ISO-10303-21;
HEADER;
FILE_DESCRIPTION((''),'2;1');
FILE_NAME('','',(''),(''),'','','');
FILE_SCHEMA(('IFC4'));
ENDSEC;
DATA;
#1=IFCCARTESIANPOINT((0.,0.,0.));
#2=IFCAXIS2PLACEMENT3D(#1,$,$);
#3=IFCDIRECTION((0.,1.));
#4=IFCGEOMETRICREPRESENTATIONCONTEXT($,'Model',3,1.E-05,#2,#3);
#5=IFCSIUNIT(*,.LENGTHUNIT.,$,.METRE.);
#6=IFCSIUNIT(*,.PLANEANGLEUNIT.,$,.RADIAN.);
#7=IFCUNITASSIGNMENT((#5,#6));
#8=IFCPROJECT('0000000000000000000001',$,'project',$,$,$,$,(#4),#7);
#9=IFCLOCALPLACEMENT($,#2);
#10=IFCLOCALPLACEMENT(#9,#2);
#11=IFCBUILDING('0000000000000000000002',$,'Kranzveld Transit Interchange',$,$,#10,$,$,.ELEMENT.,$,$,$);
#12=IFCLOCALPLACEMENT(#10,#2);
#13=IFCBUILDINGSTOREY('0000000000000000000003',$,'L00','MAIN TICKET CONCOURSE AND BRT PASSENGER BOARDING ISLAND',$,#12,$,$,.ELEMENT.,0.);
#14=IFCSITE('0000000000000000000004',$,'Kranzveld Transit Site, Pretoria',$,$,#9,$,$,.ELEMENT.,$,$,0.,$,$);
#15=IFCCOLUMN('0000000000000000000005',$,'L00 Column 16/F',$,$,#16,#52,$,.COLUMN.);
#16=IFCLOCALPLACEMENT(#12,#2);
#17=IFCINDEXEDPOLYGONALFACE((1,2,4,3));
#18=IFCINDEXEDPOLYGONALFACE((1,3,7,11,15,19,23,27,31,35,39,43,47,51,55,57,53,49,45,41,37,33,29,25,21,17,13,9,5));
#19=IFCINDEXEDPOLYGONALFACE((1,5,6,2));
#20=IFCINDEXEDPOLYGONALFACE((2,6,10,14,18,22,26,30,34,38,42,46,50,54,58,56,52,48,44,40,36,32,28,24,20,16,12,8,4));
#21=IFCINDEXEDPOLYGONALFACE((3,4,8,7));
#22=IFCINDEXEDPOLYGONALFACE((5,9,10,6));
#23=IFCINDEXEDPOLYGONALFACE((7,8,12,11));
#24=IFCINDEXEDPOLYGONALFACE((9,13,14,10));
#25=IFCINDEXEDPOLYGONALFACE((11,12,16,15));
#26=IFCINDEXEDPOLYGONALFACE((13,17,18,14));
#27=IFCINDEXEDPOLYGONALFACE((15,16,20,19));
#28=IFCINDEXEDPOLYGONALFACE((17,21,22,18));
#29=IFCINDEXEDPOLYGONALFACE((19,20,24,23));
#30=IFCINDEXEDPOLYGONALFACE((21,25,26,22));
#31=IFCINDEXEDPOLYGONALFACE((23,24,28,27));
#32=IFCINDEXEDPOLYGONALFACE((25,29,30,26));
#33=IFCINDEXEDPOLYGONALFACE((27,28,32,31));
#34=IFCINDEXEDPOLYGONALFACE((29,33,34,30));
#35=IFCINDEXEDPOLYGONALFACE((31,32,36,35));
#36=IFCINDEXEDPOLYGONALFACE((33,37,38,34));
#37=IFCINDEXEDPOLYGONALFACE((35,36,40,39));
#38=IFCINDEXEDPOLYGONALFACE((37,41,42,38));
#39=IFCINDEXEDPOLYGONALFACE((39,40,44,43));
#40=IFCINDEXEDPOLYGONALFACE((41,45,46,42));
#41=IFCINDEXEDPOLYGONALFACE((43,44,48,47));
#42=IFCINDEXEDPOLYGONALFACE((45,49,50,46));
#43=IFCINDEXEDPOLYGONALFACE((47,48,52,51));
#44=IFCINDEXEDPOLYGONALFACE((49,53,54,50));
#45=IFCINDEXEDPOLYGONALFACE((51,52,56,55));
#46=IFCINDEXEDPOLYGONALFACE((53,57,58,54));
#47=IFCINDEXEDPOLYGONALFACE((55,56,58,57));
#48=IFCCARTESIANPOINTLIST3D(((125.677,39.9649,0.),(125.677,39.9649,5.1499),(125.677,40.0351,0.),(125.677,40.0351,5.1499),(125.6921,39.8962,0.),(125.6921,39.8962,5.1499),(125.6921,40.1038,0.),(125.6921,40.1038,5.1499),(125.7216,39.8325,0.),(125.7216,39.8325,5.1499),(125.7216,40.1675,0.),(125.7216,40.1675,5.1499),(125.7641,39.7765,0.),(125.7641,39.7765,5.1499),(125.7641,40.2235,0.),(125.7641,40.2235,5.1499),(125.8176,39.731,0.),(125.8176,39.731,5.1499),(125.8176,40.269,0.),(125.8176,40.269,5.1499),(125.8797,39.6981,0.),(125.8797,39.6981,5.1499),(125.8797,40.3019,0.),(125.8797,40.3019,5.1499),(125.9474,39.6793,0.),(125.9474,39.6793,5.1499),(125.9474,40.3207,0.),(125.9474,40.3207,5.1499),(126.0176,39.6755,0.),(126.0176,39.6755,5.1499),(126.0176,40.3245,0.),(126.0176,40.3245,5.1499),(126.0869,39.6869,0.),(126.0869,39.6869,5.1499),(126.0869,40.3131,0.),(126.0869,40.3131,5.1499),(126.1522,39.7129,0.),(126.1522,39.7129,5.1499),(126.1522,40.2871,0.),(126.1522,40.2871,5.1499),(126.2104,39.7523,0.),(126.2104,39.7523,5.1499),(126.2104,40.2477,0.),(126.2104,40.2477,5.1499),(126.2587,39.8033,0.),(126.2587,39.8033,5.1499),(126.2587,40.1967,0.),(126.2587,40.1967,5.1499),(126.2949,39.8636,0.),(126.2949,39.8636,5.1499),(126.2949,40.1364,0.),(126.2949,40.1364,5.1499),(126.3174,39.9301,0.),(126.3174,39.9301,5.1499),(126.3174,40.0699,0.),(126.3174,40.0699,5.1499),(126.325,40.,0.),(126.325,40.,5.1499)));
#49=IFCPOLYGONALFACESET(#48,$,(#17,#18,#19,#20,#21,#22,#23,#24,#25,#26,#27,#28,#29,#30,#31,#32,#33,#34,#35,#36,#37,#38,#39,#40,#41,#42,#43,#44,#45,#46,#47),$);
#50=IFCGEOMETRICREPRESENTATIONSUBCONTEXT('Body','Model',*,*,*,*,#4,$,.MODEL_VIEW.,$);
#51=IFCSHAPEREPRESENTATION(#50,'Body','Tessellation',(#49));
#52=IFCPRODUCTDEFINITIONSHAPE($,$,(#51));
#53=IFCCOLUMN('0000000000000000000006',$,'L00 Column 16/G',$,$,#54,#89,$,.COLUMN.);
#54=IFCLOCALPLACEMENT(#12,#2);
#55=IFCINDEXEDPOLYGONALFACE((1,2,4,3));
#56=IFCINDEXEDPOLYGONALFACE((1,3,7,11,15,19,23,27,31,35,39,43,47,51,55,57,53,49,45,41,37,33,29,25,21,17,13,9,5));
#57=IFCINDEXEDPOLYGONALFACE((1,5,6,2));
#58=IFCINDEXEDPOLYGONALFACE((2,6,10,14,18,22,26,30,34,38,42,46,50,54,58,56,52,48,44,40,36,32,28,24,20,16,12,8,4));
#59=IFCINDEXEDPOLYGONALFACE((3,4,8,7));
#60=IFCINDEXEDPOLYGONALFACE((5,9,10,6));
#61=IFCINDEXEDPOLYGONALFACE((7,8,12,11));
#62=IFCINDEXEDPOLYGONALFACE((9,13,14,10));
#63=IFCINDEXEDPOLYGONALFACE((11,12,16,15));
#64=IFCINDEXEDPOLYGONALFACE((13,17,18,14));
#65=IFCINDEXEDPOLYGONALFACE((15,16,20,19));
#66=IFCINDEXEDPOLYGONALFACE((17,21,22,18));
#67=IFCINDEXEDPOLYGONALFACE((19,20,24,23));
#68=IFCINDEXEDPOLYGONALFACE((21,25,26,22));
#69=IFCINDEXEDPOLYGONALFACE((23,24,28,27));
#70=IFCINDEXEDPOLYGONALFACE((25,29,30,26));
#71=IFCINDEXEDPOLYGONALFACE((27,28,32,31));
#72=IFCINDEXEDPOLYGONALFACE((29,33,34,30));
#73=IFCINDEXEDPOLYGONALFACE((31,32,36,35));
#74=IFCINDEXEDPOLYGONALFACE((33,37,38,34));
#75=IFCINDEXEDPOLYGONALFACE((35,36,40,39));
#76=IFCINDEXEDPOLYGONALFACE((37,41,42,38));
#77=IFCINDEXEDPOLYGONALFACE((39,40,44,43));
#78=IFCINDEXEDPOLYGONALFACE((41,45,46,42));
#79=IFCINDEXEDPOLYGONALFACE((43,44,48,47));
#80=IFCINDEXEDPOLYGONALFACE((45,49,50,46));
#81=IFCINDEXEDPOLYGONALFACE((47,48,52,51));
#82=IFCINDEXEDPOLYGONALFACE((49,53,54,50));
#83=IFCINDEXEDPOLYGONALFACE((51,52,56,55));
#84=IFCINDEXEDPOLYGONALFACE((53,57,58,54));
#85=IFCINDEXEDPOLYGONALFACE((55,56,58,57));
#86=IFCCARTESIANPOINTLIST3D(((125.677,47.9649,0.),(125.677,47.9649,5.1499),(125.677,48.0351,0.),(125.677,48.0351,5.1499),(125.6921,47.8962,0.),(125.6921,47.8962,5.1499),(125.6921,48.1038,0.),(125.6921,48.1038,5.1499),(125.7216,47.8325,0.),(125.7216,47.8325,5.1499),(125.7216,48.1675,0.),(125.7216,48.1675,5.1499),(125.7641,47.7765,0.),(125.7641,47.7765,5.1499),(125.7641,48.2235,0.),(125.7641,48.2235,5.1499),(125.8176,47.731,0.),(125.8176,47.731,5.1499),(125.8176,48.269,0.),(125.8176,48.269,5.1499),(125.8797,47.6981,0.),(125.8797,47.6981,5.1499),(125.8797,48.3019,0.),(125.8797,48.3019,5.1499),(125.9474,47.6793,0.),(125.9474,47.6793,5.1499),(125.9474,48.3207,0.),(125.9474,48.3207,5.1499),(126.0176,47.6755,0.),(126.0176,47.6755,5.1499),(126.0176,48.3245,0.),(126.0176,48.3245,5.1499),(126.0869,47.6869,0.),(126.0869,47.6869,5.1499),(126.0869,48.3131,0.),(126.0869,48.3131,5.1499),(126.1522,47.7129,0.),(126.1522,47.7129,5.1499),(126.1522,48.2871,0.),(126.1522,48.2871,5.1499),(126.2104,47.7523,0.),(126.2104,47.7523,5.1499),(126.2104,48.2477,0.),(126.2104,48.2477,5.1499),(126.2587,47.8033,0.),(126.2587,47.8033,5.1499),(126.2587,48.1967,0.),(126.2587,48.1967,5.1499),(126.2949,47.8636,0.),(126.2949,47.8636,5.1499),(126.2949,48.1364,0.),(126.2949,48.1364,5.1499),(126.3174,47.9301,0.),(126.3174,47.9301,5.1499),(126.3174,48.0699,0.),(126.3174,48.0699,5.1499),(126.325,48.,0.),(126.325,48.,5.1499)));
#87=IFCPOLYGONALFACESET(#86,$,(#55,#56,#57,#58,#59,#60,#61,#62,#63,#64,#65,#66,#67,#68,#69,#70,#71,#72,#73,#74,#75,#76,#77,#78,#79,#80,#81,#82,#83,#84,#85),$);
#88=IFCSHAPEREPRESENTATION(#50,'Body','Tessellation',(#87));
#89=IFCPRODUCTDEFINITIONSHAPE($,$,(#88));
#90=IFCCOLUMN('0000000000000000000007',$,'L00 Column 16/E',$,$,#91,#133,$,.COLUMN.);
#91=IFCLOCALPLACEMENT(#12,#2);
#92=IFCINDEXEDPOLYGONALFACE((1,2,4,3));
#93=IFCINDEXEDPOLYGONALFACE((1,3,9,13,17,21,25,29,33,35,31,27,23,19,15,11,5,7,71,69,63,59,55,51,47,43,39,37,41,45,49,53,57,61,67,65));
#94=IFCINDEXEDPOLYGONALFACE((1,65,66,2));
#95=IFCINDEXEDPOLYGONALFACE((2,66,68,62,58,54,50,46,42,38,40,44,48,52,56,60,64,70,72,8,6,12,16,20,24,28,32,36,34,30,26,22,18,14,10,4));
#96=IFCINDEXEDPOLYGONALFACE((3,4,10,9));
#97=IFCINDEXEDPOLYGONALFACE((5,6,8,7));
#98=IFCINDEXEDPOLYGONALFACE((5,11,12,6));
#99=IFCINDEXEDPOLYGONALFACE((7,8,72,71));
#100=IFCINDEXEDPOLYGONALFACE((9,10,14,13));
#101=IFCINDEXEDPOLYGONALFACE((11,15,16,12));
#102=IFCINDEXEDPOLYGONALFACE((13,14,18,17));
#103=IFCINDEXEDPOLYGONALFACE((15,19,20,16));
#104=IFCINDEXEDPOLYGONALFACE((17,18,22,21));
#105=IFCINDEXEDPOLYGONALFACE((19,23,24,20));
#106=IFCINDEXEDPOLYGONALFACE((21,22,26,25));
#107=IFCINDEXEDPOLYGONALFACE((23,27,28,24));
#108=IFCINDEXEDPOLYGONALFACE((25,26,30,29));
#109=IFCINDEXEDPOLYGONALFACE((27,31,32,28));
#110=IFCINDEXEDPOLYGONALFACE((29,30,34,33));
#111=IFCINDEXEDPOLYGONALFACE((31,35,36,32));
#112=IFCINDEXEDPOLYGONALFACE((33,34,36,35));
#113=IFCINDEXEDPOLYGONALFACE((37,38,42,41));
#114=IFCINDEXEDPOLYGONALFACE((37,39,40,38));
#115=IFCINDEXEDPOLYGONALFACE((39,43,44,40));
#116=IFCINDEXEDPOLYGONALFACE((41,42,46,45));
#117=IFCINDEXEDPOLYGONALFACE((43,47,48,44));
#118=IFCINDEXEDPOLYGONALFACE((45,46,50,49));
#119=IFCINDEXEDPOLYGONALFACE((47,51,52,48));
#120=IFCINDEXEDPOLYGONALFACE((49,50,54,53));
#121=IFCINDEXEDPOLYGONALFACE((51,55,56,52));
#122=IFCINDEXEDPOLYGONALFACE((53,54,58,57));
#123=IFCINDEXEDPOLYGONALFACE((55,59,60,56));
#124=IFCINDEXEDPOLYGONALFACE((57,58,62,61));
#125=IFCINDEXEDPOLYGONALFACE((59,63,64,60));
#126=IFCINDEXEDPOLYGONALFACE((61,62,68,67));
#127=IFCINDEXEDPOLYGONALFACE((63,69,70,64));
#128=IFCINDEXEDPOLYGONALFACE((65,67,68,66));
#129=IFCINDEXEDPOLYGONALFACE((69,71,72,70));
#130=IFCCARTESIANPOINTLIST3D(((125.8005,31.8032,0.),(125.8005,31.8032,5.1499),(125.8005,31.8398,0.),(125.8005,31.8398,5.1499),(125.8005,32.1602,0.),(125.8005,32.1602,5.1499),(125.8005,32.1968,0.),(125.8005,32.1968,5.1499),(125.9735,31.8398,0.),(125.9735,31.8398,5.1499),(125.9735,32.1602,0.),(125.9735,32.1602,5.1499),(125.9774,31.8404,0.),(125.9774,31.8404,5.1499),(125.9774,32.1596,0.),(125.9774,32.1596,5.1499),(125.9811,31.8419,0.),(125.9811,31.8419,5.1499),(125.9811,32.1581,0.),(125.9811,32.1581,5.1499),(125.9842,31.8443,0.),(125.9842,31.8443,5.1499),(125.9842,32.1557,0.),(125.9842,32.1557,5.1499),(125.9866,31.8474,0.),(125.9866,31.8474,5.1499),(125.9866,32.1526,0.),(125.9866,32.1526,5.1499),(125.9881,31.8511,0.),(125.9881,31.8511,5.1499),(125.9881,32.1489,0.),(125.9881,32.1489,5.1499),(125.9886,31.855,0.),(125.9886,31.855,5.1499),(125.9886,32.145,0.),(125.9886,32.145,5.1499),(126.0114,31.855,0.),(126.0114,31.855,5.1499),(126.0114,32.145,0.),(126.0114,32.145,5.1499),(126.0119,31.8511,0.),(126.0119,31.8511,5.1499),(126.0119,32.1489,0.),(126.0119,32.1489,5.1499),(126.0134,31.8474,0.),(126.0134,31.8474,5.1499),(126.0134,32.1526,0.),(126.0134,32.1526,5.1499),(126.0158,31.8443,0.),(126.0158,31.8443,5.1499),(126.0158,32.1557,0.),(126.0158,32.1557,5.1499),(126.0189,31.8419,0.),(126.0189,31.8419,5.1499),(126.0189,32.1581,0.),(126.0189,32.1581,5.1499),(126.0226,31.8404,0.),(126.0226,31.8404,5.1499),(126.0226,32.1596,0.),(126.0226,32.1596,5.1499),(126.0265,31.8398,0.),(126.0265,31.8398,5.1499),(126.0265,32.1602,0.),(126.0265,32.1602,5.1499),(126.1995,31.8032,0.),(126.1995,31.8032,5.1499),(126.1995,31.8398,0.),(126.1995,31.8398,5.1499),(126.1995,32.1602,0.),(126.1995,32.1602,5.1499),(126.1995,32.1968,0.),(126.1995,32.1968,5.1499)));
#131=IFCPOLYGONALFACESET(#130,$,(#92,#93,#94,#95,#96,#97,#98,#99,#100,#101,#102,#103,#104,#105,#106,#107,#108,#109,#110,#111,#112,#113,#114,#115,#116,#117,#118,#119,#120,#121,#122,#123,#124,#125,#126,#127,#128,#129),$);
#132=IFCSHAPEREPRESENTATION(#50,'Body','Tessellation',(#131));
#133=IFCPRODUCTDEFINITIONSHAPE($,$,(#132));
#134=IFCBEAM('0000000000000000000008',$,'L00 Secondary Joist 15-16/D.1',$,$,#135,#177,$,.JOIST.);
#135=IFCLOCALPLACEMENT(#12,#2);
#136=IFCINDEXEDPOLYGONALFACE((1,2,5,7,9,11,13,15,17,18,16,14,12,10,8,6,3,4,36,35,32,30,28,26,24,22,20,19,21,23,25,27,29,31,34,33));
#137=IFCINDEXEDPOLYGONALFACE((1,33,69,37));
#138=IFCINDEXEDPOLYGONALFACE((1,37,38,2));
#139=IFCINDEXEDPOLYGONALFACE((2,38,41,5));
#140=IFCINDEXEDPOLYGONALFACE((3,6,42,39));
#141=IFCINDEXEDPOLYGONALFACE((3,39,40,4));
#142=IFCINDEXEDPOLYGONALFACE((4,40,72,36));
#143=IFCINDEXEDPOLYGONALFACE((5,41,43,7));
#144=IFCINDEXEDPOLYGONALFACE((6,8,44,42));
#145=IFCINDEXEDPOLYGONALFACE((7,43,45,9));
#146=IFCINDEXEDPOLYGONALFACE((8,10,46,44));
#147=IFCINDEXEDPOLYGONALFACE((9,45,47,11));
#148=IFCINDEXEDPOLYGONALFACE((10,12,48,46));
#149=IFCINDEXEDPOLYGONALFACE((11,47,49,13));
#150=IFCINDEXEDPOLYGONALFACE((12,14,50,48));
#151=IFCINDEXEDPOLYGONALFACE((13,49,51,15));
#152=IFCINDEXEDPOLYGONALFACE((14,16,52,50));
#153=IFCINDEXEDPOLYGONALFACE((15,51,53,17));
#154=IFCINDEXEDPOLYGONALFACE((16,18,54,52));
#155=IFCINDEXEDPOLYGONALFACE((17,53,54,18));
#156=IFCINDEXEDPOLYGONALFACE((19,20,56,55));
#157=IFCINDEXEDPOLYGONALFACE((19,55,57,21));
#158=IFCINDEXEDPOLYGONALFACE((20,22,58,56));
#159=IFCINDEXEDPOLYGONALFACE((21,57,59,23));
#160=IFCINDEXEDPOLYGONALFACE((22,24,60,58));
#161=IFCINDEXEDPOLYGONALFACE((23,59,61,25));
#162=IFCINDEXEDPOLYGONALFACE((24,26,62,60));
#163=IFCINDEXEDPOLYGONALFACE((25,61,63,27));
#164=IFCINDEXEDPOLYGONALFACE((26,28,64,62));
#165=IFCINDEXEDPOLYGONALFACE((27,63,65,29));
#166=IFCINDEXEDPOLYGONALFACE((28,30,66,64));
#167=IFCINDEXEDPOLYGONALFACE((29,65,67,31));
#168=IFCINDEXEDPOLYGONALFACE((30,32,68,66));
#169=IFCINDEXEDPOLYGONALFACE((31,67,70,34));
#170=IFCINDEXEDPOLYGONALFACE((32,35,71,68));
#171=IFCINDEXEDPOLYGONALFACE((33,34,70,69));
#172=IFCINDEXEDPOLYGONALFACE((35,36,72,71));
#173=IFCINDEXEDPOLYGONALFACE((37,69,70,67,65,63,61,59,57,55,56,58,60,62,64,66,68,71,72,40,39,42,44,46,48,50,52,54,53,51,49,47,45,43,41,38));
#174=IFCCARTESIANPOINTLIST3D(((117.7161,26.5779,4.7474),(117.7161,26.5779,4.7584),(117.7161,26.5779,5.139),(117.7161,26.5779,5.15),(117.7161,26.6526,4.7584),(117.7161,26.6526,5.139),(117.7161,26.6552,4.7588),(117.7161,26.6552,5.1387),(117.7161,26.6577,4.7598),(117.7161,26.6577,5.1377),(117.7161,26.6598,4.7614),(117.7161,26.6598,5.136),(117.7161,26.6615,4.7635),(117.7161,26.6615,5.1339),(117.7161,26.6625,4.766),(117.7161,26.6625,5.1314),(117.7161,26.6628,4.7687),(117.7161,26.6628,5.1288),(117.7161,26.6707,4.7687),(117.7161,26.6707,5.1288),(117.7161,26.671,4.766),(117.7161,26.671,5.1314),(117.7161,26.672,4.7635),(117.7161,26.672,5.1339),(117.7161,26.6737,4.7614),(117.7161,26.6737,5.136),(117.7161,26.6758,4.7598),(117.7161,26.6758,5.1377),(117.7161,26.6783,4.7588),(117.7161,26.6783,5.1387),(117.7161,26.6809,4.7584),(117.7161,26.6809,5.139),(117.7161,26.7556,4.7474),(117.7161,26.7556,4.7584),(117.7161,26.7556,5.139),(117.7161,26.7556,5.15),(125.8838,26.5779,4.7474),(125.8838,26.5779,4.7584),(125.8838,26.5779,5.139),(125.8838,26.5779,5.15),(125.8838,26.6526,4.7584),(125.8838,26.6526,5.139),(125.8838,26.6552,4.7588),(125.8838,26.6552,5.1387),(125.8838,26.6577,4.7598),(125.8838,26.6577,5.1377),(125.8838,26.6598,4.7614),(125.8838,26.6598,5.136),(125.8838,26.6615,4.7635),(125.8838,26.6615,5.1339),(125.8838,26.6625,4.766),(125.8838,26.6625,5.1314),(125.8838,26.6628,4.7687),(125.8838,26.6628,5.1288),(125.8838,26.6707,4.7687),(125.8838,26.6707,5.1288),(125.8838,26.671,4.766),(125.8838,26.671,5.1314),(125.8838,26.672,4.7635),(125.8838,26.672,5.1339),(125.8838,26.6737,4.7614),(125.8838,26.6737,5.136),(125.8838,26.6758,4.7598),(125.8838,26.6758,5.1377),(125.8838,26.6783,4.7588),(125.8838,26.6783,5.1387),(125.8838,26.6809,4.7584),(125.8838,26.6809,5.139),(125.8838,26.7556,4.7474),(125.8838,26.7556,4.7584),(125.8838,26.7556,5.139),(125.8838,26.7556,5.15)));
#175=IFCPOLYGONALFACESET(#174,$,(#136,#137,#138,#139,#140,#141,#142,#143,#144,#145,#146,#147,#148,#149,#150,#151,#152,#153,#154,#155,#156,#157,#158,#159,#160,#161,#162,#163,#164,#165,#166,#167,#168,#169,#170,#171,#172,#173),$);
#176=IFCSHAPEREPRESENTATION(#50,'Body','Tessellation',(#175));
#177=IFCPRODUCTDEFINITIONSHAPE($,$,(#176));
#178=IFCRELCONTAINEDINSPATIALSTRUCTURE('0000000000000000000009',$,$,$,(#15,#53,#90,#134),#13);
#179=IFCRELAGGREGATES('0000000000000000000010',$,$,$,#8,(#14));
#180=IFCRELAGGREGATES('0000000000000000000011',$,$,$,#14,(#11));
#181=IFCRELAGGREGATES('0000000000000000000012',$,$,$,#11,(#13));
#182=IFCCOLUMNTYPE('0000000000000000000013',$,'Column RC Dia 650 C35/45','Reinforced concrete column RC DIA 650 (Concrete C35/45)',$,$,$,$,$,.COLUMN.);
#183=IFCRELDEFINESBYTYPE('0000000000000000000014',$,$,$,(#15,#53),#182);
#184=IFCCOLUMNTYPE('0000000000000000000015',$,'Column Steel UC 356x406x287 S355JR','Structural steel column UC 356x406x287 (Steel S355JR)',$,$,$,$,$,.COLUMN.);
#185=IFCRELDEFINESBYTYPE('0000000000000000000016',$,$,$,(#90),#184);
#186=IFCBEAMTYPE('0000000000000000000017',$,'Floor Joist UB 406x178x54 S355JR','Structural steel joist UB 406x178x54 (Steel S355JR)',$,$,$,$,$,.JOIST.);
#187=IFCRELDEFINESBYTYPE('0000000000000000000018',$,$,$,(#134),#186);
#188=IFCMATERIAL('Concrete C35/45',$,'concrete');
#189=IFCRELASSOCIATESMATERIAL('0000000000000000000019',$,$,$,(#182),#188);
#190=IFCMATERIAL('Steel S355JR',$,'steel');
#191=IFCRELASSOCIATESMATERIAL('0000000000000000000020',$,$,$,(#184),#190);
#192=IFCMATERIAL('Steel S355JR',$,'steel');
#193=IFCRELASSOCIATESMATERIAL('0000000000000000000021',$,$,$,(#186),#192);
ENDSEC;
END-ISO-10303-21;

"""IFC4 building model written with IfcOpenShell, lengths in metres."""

from ifc_helpers import new_model, si_unit, direction, frame, origin, origin_2d, place, context, subcontext, project, spatial, circle, i_section, extrude, material, material_profile, profile_set, type_object, element, save


model = new_model("IFC4")

# Units and contexts
model_context = context("Model", 3, precision=1e-05, world=origin(), true_north=direction((0.0, 1.0)))
body_context = subcontext(model_context, "Body", "Model", "MODEL_VIEW")
ifc_project = project(units=[si_unit("LENGTHUNIT", "METRE"), si_unit("PLANEANGLEUNIT", "RADIAN")], contexts=[model_context])

# Site, building, storey
site_placement = place(None, origin())
site = spatial("IfcSite", under=ifc_project, at=site_placement, Name="Kranzveld Transit Site, Pretoria", CompositionType="ELEMENT", RefElevation=0.0)
building_placement = place(site_placement, origin())
building = spatial("IfcBuilding", under=site, at=building_placement, Name="Kranzveld Transit Interchange", CompositionType="ELEMENT")
storey_placement = place(building_placement, origin())
storey = spatial("IfcBuildingStorey", under=building, at=storey_placement, Name="L00", Description="MAIN TICKET CONCOURSE AND BRT PASSENGER BOARDING ISLAND", CompositionType="ELEMENT", Elevation=0.0)

# Columns
ifc_material_1 = material(Name="Concrete C35/45", Category="concrete")
ifc_material_profile_1 = material_profile(ifc_material_1, circle(Radius=0.325, at=origin_2d()), Name="RC DIA 650")
ifc_profile_set_1 = profile_set([ifc_material_profile_1], Name="Concrete C35/45")
column_type_1 = type_object("IfcColumnType", Name="Column RC Dia 650 C35/45", Description="Reinforced concrete column RC DIA 650 (Concrete C35/45)", PredefinedType="COLUMN", material=ifc_profile_set_1)
for number, where, z_axis, x_axis, name in (
    (1, (126.0, 40.0, 0.0), (0.0, 0.0, 1.0), (1.0, 0.0, 0.0), "L00 Column 16/F"),
    (2, (126.0, 48.0, 0.0), (0.0, 0.0, 1.0), (1.0, 0.0, 0.0), "L00 Column 16/G"),
):
    element("IfcColumn", number, at=place(storey_placement, frame(where, z_axis=z_axis, x_axis=x_axis)), inside=storey, type_object=column_type_1, Name=name, PredefinedType="COLUMN", context=body_context, shape_type="SweptSolid", body=[
        extrude(circle(Radius=0.325, at=origin_2d()), origin(), (0.0, 0.0, 1.0), 5.1499),
    ])
ifc_material_2 = material(Name="Steel S355JR", Category="steel")
ifc_material_profile_2 = material_profile(ifc_material_2, i_section(OverallWidth=0.3989, OverallDepth=0.3936, WebThickness=0.0227, FlangeThickness=0.0366, FilletRadius=0.0151, at=origin_2d()), Name="UC 356x406x287")
ifc_profile_set_2 = profile_set([ifc_material_profile_2], Name="Steel S355JR")
column_type_2 = type_object("IfcColumnType", Name="Column Steel UC 356x406x287 S355JR", Description="Structural steel column UC 356x406x287 (Steel S355JR)", PredefinedType="COLUMN", material=ifc_profile_set_2)
column_placement = place(storey_placement, frame((126.0, 32.0, 0.0), z_axis=(0.0, 0.0, 1.0), x_axis=(1.0, 0.0, 0.0)))
element("IfcColumn", 3, at=column_placement, inside=storey, type_object=column_type_2, Name="L00 Column 16/E", PredefinedType="COLUMN", context=body_context, shape_type="SweptSolid", body=[
    extrude(i_section(OverallWidth=0.3989, OverallDepth=0.3936, WebThickness=0.0227, FlangeThickness=0.0366, FilletRadius=0.0151, at=origin_2d()), origin(), (0.0, 0.0, 1.0), 5.1499),
])

# Beam
ifc_material_3 = material(Name="Steel S355JR", Category="steel")
ifc_material_profile_3 = material_profile(ifc_material_3, i_section(OverallWidth=0.1777, OverallDepth=0.4026, WebThickness=0.0078, FlangeThickness=0.011, FilletRadius=0.0103, at=origin_2d()), Name="UB 406x178x54")
ifc_profile_set_3 = profile_set([ifc_material_profile_3], Name="Steel S355JR")
beam_type_1 = type_object("IfcBeamType", Name="Floor Joist UB 406x178x54 S355JR", Description="Structural steel joist UB 406x178x54 (Steel S355JR)", PredefinedType="JOIST", material=ifc_profile_set_3)
for number, where, z_axis, x_axis, name in (
    (4, (117.7161, 26.6667, 4.9487), (1.0, 0.0, 0.0), (0.0, 1.0, 0.0), "L00 Secondary Joist 15-16/D.1"),
):
    element("IfcBeam", number, at=place(storey_placement, frame(where, z_axis=z_axis, x_axis=x_axis)), inside=storey, type_object=beam_type_1, Name=name, PredefinedType="JOIST", context=body_context, shape_type="SweptSolid", body=[
        extrude(i_section(OverallWidth=0.1777, OverallDepth=0.4026, WebThickness=0.0078, FlangeThickness=0.011, FilletRadius=0.0103, at=origin_2d()), origin(), (0.0, 0.0, 1.0), 8.1677),
    ])

save(model, "model.ifc")
